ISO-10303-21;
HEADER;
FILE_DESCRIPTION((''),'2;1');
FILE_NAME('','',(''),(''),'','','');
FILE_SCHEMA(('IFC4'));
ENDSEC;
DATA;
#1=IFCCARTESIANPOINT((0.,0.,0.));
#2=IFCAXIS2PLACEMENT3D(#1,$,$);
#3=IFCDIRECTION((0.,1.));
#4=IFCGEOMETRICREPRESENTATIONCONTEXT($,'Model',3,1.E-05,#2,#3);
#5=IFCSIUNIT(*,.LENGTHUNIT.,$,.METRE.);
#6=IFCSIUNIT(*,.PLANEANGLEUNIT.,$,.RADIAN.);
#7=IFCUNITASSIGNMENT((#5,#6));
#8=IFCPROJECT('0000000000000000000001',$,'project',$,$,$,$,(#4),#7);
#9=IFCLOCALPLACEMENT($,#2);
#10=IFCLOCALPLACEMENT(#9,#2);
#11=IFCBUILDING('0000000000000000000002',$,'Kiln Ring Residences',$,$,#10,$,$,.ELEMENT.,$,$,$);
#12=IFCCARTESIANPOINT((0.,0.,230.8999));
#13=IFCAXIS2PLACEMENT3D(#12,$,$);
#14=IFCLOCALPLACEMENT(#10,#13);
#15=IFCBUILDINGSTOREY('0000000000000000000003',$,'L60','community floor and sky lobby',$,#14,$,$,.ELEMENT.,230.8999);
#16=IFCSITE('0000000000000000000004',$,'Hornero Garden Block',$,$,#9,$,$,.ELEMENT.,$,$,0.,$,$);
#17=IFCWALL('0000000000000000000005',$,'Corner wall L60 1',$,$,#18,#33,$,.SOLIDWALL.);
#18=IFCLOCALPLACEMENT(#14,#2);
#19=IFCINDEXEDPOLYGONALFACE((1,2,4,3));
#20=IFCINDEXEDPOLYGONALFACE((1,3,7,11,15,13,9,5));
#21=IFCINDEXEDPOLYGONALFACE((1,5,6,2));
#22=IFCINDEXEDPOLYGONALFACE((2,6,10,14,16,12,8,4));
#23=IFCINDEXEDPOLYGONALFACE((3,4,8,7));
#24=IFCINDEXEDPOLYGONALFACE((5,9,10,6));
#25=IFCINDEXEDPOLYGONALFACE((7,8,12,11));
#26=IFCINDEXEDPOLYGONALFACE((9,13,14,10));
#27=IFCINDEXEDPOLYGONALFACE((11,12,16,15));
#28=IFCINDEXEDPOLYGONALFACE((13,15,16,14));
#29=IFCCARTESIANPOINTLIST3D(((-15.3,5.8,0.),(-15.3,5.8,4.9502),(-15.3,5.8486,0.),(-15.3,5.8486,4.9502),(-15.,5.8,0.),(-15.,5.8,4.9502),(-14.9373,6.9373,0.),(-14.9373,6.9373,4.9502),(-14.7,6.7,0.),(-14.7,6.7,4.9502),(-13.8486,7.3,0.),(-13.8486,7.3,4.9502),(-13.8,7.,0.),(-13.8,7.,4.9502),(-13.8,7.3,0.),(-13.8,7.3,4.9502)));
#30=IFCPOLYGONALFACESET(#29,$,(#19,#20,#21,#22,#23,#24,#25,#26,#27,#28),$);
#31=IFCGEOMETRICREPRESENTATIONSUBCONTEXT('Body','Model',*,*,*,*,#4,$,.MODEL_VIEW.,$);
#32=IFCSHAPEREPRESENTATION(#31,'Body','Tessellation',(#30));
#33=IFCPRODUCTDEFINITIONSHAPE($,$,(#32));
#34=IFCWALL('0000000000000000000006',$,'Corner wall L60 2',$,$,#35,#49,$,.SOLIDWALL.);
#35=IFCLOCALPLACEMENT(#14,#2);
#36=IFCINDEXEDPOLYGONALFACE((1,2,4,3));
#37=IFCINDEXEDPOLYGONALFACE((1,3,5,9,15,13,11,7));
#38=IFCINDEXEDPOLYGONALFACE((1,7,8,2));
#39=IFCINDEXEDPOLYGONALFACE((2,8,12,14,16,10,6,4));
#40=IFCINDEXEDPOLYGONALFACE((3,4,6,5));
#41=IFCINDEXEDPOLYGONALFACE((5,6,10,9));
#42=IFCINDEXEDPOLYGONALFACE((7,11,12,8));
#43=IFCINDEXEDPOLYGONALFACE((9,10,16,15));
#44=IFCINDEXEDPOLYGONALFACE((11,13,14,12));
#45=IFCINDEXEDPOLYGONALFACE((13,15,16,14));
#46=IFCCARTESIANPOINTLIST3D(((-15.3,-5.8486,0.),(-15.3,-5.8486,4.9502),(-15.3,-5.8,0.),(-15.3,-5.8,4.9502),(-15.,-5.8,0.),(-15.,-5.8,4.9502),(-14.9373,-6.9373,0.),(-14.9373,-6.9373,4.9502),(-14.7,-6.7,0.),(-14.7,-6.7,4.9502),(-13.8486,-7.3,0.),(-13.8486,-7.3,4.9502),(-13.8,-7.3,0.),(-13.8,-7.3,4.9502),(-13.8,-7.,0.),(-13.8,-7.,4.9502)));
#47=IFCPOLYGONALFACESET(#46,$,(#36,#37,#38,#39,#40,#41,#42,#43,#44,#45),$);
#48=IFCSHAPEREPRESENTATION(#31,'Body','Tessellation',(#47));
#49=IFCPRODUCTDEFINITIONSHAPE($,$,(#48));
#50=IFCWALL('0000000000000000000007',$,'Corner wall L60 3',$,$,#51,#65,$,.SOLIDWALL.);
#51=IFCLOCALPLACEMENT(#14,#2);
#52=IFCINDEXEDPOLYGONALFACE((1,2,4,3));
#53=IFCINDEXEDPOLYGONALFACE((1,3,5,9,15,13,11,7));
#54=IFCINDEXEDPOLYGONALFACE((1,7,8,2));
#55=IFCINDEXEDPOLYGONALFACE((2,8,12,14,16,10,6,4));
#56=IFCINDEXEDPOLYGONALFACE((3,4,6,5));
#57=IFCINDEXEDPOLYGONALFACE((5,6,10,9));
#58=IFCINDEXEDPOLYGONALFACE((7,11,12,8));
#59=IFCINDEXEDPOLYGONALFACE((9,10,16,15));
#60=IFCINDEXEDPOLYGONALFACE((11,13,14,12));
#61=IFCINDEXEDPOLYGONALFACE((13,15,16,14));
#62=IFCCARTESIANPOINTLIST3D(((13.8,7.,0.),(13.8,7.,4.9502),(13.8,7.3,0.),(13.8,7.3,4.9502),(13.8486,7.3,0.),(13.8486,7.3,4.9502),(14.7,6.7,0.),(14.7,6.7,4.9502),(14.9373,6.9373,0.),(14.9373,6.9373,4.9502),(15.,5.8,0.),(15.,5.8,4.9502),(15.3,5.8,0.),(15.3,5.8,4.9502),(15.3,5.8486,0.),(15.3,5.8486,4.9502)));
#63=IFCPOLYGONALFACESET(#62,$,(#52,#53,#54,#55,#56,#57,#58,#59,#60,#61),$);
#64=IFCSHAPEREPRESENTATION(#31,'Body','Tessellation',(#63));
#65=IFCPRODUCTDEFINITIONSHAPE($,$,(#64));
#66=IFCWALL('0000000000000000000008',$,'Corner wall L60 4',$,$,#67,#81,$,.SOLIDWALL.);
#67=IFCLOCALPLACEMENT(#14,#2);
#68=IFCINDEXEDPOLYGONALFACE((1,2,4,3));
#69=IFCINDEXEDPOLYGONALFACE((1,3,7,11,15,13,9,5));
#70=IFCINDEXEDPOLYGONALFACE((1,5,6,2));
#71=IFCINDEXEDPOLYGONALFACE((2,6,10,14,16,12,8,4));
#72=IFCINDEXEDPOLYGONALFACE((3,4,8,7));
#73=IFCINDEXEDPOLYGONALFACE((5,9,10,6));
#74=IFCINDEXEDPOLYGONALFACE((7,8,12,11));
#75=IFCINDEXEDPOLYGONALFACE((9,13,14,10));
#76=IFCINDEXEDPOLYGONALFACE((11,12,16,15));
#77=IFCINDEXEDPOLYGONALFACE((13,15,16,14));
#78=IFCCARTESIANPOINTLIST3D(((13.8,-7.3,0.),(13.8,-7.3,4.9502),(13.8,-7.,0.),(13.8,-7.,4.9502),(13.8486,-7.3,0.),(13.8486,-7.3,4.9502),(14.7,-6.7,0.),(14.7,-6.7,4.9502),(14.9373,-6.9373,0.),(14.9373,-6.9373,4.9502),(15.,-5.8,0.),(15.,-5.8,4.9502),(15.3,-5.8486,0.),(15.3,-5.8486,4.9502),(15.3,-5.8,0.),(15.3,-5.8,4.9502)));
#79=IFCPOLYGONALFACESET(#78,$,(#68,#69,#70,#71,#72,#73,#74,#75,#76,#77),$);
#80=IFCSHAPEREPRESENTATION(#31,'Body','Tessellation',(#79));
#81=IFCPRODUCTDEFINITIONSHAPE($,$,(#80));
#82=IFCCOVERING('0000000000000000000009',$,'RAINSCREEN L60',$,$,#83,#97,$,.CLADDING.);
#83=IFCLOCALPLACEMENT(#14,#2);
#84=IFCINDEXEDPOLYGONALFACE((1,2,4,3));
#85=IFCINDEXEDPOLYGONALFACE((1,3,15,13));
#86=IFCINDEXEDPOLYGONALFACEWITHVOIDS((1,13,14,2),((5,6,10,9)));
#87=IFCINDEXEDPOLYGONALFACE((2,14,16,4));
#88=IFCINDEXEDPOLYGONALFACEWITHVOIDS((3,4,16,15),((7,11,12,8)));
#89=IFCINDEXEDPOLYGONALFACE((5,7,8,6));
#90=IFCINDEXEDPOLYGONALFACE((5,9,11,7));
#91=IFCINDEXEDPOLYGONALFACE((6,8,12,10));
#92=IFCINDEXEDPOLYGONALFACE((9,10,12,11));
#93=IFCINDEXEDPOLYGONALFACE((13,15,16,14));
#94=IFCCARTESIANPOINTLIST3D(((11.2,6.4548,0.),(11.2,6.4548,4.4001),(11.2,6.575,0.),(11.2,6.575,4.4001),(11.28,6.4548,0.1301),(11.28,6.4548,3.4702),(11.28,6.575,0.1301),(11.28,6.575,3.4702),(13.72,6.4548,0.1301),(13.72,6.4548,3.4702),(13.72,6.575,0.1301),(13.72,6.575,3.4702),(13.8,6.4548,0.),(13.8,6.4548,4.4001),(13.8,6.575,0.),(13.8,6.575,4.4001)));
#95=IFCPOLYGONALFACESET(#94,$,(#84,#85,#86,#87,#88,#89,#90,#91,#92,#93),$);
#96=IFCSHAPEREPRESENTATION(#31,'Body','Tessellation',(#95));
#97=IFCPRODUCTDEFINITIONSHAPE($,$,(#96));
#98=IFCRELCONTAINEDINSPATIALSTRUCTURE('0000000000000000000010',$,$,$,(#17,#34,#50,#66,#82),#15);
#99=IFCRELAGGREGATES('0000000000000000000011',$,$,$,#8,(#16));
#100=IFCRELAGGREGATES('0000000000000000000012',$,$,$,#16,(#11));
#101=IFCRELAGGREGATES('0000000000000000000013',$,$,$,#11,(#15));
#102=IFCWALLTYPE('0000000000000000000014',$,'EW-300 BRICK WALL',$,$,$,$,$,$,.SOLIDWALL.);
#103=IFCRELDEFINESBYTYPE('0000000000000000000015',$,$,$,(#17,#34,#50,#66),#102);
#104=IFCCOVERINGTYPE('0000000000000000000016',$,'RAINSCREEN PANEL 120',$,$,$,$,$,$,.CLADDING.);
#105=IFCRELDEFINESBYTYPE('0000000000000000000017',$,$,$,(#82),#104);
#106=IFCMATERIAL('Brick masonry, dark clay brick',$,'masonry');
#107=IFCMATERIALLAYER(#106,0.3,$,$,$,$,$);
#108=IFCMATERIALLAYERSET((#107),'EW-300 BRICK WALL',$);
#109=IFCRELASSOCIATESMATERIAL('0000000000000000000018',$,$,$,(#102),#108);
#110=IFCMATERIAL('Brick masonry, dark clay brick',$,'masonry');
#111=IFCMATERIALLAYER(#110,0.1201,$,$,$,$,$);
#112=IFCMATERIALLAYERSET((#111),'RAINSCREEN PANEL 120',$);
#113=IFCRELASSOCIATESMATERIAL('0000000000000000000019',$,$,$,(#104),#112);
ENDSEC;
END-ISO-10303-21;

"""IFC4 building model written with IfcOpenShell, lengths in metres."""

from ifc_helpers import new_model, si_unit, direction, frame, origin, place, context, subcontext, project, spatial, polyline, outline, extrude, material, layer, layer_set, type_object, element, save


model = new_model("IFC4")

# Units and contexts
model_context = context("Model", 3, precision=1e-05, world=origin(), true_north=direction((0.0, 1.0)))
body_context = subcontext(model_context, "Body", "Model", "MODEL_VIEW")
ifc_project = project(units=[si_unit("LENGTHUNIT", "METRE"), si_unit("PLANEANGLEUNIT", "RADIAN")], contexts=[model_context])

# Site, building, storey
site_placement = place(None, origin())
site = spatial("IfcSite", under=ifc_project, at=site_placement, Name="Hornero Garden Block", CompositionType="ELEMENT", RefElevation=0.0)
building_placement = place(site_placement, origin())
building = spatial("IfcBuilding", under=site, at=building_placement, Name="Kiln Ring Residences", CompositionType="ELEMENT")
storey_placement = place(building_placement, frame((0.0, 0.0, 230.8999)))
storey = spatial("IfcBuildingStorey", under=building, at=storey_placement, Name="L60", Description="community floor and sky lobby", CompositionType="ELEMENT", Elevation=230.8999)

# Shared definitions
placement = place(storey_placement, origin())

# Walls
ifc_material_1 = material(Name="Brick masonry, dark clay brick", Category="masonry")
ifc_layer_1 = layer(ifc_material_1, 0.3)
ifc_layer_set_1 = layer_set([ifc_layer_1], Name="EW-300 BRICK WALL")
wall_type = type_object("IfcWallType", Name="EW-300 BRICK WALL", PredefinedType="SOLIDWALL", material=ifc_layer_set_1)
element("IfcWall", 1, at=placement, inside=storey, type_object=wall_type, Name="Corner wall L60 1", PredefinedType="SOLIDWALL", context=body_context, shape_type="SweptSolid", body=[
    extrude(outline(polyline([(-15.0, 5.8), (-14.7, 6.7), (-13.8, 7.0), (-13.8, 7.3), (-13.8486, 7.3), (-14.9373, 6.9373), (-15.3, 5.8486), (-15.3, 5.8), (-15.0, 5.8)])), origin(), (0.0, 0.0, 1.0), 4.9502),
])
element("IfcWall", 2, at=placement, inside=storey, type_object=wall_type, Name="Corner wall L60 2", PredefinedType="SOLIDWALL", context=body_context, shape_type="SweptSolid", body=[
    extrude(outline(polyline([(-13.8, -7.0), (-14.7, -6.7), (-15.0, -5.8), (-15.3, -5.8), (-15.3, -5.8486), (-14.9373, -6.9373), (-13.8486, -7.3), (-13.8, -7.3), (-13.8, -7.0)])), origin(), (0.0, 0.0, 1.0), 4.9502),
])
element("IfcWall", 3, at=placement, inside=storey, type_object=wall_type, Name="Corner wall L60 3", PredefinedType="SOLIDWALL", context=body_context, shape_type="SweptSolid", body=[
    extrude(outline(polyline([(13.8, 7.0), (14.7, 6.7), (15.0, 5.8), (15.3, 5.8), (15.3, 5.8486), (14.9373, 6.9373), (13.8486, 7.3), (13.8, 7.3), (13.8, 7.0)])), origin(), (0.0, 0.0, 1.0), 4.9502),
])
element("IfcWall", 4, at=placement, inside=storey, type_object=wall_type, Name="Corner wall L60 4", PredefinedType="SOLIDWALL", context=body_context, shape_type="SweptSolid", body=[
    extrude(outline(polyline([(15.0, -5.8), (14.7, -6.7), (13.8, -7.0), (13.8, -7.3), (13.8486, -7.3), (14.9373, -6.9373), (15.3, -5.8486), (15.3, -5.8), (15.0, -5.8)])), origin(), (0.0, 0.0, 1.0), 4.9502),
])

# Covering
ifc_material_2 = material(Name="Brick masonry, dark clay brick", Category="masonry")
ifc_layer_2 = layer(ifc_material_2, 0.1201)
ifc_layer_set_2 = layer_set([ifc_layer_2], Name="RAINSCREEN PANEL 120")
covering_type = type_object("IfcCoveringType", Name="RAINSCREEN PANEL 120", PredefinedType="CLADDING", material=ifc_layer_set_2)
covering_placement = place(storey_placement, frame((11.2, 6.5149, 0.0), z_axis=(0.0, 0.0, 1.0), x_axis=(1.0, 0.0, 0.0)))
element("IfcCovering", 5, at=covering_placement, inside=storey, type_object=covering_type, Name="RAINSCREEN L60", PredefinedType="CLADDING", context=body_context, shape_type="SweptSolid", body=[
    extrude(outline(polyline([(0.0, 0.0), (2.6001, 0.0), (2.6001, 4.4001), (0.0, 4.4001), (0.0, 0.0)]), holes=[polyline([(0.0801, 3.4702), (0.0801, 0.1301), (2.52, 0.1301), (2.52, 3.4702), (0.0801, 3.4702)])]), frame((0.0, 0.0601, 0.0), z_axis=(0.0, -1.0, 0.0), x_axis=(1.0, 0.0, 0.0)), (0.0, 0.0, 1.0), 0.1201),
])

save(model, "model.ifc")
